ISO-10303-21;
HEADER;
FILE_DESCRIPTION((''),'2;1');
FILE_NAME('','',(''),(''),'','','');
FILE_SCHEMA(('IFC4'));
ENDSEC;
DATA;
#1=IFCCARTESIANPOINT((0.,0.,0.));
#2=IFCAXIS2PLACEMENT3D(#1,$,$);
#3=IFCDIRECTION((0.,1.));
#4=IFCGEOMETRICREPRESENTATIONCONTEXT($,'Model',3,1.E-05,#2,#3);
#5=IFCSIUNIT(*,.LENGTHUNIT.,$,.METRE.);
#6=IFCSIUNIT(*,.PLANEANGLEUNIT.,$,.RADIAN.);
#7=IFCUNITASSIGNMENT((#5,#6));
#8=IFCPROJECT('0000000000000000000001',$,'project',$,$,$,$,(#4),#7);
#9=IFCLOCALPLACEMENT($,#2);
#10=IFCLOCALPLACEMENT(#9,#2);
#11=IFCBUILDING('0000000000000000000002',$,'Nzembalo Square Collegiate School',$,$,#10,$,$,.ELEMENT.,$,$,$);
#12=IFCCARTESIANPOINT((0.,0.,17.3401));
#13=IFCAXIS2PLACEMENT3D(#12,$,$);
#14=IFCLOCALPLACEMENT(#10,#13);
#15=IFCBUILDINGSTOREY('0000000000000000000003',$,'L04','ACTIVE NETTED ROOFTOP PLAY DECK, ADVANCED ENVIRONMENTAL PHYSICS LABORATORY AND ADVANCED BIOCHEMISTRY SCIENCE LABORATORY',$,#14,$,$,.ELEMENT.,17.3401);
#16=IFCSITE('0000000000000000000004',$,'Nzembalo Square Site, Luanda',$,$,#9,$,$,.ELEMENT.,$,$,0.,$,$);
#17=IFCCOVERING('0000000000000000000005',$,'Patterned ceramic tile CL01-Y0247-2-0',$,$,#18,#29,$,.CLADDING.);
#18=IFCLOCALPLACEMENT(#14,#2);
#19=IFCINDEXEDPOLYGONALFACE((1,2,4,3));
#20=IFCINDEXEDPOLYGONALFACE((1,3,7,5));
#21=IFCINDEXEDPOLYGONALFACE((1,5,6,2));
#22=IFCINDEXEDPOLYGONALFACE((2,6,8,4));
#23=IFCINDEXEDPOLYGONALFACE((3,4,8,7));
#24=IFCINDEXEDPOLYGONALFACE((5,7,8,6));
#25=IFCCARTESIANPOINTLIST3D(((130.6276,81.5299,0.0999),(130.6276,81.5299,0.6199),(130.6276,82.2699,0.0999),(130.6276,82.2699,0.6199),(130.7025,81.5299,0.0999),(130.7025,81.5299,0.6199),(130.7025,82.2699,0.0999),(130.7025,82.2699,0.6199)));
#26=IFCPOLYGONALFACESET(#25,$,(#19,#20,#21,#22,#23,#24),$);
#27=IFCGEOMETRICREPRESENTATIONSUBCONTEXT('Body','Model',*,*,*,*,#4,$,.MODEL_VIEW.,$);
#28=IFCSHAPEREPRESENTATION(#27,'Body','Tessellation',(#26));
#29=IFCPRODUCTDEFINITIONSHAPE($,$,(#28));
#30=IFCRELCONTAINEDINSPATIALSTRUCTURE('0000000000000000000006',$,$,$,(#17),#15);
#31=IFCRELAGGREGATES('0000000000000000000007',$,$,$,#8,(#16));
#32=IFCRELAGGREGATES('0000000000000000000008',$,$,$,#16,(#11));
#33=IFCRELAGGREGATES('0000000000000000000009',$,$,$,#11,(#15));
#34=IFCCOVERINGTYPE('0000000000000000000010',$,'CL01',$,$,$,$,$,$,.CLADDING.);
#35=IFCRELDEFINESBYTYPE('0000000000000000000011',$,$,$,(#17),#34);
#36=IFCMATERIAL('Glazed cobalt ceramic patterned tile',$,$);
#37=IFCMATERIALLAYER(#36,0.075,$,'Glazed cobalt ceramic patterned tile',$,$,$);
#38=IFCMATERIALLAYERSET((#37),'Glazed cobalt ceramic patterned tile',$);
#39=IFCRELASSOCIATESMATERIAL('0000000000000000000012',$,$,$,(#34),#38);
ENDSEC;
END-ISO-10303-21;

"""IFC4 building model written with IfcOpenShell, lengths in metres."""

from ifc_helpers import new_model, si_unit, direction, frame, origin, origin_2d, place, context, subcontext, project, spatial, rectangle, extrude, material, layer, layer_set, type_object, element, save


model = new_model("IFC4")

# Units and contexts
model_context = context("Model", 3, precision=1e-05, world=origin(), true_north=direction((0.0, 1.0)))
body_context = subcontext(model_context, "Body", "Model", "MODEL_VIEW")
ifc_project = project(units=[si_unit("LENGTHUNIT", "METRE"), si_unit("PLANEANGLEUNIT", "RADIAN")], contexts=[model_context])

# Site, building, storey
site_placement = place(None, origin())
site = spatial("IfcSite", under=ifc_project, at=site_placement, Name="Nzembalo Square Site, Luanda", CompositionType="ELEMENT", RefElevation=0.0)
building_placement = place(site_placement, origin())
building = spatial("IfcBuilding", under=site, at=building_placement, Name="Nzembalo Square Collegiate School", CompositionType="ELEMENT")
storey_placement = place(building_placement, frame((0.0, 0.0, 17.3401)))
storey = spatial("IfcBuildingStorey", under=building, at=storey_placement, Name="L04", Description="ACTIVE NETTED ROOFTOP PLAY DECK, ADVANCED ENVIRONMENTAL PHYSICS LABORATORY AND ADVANCED BIOCHEMISTRY SCIENCE LABORATORY", CompositionType="ELEMENT", Elevation=17.3401)

# Covering
ifc_material_1 = material(Name="Glazed cobalt ceramic patterned tile")
ifc_layer = layer(ifc_material_1, 0.075, Name="Glazed cobalt ceramic patterned tile")
ifc_layer_set = layer_set([ifc_layer], Name="Glazed cobalt ceramic patterned tile")
covering_type = type_object("IfcCoveringType", Name="CL01", PredefinedType="CLADDING", material=ifc_layer_set)
for number, where, z_axis, x_axis, name in (
    (1, (130.665, 81.8999, 0.0999), (0.0, 0.0, 1.0), (1.0, 0.0, 0.0), "Patterned ceramic tile CL01-Y0247-2-0"),
):
    element("IfcCovering", number, at=place(storey_placement, frame(where, z_axis=z_axis, x_axis=x_axis)), inside=storey, type_object=covering_type, Name=name, PredefinedType="CLADDING", context=body_context, shape_type="SweptSolid", body=[
        extrude(rectangle(XDim=0.075, YDim=0.74, at=origin_2d()), origin(), (0.0, 0.0, 1.0), 0.52),
    ])

save(model, "model.ifc")
